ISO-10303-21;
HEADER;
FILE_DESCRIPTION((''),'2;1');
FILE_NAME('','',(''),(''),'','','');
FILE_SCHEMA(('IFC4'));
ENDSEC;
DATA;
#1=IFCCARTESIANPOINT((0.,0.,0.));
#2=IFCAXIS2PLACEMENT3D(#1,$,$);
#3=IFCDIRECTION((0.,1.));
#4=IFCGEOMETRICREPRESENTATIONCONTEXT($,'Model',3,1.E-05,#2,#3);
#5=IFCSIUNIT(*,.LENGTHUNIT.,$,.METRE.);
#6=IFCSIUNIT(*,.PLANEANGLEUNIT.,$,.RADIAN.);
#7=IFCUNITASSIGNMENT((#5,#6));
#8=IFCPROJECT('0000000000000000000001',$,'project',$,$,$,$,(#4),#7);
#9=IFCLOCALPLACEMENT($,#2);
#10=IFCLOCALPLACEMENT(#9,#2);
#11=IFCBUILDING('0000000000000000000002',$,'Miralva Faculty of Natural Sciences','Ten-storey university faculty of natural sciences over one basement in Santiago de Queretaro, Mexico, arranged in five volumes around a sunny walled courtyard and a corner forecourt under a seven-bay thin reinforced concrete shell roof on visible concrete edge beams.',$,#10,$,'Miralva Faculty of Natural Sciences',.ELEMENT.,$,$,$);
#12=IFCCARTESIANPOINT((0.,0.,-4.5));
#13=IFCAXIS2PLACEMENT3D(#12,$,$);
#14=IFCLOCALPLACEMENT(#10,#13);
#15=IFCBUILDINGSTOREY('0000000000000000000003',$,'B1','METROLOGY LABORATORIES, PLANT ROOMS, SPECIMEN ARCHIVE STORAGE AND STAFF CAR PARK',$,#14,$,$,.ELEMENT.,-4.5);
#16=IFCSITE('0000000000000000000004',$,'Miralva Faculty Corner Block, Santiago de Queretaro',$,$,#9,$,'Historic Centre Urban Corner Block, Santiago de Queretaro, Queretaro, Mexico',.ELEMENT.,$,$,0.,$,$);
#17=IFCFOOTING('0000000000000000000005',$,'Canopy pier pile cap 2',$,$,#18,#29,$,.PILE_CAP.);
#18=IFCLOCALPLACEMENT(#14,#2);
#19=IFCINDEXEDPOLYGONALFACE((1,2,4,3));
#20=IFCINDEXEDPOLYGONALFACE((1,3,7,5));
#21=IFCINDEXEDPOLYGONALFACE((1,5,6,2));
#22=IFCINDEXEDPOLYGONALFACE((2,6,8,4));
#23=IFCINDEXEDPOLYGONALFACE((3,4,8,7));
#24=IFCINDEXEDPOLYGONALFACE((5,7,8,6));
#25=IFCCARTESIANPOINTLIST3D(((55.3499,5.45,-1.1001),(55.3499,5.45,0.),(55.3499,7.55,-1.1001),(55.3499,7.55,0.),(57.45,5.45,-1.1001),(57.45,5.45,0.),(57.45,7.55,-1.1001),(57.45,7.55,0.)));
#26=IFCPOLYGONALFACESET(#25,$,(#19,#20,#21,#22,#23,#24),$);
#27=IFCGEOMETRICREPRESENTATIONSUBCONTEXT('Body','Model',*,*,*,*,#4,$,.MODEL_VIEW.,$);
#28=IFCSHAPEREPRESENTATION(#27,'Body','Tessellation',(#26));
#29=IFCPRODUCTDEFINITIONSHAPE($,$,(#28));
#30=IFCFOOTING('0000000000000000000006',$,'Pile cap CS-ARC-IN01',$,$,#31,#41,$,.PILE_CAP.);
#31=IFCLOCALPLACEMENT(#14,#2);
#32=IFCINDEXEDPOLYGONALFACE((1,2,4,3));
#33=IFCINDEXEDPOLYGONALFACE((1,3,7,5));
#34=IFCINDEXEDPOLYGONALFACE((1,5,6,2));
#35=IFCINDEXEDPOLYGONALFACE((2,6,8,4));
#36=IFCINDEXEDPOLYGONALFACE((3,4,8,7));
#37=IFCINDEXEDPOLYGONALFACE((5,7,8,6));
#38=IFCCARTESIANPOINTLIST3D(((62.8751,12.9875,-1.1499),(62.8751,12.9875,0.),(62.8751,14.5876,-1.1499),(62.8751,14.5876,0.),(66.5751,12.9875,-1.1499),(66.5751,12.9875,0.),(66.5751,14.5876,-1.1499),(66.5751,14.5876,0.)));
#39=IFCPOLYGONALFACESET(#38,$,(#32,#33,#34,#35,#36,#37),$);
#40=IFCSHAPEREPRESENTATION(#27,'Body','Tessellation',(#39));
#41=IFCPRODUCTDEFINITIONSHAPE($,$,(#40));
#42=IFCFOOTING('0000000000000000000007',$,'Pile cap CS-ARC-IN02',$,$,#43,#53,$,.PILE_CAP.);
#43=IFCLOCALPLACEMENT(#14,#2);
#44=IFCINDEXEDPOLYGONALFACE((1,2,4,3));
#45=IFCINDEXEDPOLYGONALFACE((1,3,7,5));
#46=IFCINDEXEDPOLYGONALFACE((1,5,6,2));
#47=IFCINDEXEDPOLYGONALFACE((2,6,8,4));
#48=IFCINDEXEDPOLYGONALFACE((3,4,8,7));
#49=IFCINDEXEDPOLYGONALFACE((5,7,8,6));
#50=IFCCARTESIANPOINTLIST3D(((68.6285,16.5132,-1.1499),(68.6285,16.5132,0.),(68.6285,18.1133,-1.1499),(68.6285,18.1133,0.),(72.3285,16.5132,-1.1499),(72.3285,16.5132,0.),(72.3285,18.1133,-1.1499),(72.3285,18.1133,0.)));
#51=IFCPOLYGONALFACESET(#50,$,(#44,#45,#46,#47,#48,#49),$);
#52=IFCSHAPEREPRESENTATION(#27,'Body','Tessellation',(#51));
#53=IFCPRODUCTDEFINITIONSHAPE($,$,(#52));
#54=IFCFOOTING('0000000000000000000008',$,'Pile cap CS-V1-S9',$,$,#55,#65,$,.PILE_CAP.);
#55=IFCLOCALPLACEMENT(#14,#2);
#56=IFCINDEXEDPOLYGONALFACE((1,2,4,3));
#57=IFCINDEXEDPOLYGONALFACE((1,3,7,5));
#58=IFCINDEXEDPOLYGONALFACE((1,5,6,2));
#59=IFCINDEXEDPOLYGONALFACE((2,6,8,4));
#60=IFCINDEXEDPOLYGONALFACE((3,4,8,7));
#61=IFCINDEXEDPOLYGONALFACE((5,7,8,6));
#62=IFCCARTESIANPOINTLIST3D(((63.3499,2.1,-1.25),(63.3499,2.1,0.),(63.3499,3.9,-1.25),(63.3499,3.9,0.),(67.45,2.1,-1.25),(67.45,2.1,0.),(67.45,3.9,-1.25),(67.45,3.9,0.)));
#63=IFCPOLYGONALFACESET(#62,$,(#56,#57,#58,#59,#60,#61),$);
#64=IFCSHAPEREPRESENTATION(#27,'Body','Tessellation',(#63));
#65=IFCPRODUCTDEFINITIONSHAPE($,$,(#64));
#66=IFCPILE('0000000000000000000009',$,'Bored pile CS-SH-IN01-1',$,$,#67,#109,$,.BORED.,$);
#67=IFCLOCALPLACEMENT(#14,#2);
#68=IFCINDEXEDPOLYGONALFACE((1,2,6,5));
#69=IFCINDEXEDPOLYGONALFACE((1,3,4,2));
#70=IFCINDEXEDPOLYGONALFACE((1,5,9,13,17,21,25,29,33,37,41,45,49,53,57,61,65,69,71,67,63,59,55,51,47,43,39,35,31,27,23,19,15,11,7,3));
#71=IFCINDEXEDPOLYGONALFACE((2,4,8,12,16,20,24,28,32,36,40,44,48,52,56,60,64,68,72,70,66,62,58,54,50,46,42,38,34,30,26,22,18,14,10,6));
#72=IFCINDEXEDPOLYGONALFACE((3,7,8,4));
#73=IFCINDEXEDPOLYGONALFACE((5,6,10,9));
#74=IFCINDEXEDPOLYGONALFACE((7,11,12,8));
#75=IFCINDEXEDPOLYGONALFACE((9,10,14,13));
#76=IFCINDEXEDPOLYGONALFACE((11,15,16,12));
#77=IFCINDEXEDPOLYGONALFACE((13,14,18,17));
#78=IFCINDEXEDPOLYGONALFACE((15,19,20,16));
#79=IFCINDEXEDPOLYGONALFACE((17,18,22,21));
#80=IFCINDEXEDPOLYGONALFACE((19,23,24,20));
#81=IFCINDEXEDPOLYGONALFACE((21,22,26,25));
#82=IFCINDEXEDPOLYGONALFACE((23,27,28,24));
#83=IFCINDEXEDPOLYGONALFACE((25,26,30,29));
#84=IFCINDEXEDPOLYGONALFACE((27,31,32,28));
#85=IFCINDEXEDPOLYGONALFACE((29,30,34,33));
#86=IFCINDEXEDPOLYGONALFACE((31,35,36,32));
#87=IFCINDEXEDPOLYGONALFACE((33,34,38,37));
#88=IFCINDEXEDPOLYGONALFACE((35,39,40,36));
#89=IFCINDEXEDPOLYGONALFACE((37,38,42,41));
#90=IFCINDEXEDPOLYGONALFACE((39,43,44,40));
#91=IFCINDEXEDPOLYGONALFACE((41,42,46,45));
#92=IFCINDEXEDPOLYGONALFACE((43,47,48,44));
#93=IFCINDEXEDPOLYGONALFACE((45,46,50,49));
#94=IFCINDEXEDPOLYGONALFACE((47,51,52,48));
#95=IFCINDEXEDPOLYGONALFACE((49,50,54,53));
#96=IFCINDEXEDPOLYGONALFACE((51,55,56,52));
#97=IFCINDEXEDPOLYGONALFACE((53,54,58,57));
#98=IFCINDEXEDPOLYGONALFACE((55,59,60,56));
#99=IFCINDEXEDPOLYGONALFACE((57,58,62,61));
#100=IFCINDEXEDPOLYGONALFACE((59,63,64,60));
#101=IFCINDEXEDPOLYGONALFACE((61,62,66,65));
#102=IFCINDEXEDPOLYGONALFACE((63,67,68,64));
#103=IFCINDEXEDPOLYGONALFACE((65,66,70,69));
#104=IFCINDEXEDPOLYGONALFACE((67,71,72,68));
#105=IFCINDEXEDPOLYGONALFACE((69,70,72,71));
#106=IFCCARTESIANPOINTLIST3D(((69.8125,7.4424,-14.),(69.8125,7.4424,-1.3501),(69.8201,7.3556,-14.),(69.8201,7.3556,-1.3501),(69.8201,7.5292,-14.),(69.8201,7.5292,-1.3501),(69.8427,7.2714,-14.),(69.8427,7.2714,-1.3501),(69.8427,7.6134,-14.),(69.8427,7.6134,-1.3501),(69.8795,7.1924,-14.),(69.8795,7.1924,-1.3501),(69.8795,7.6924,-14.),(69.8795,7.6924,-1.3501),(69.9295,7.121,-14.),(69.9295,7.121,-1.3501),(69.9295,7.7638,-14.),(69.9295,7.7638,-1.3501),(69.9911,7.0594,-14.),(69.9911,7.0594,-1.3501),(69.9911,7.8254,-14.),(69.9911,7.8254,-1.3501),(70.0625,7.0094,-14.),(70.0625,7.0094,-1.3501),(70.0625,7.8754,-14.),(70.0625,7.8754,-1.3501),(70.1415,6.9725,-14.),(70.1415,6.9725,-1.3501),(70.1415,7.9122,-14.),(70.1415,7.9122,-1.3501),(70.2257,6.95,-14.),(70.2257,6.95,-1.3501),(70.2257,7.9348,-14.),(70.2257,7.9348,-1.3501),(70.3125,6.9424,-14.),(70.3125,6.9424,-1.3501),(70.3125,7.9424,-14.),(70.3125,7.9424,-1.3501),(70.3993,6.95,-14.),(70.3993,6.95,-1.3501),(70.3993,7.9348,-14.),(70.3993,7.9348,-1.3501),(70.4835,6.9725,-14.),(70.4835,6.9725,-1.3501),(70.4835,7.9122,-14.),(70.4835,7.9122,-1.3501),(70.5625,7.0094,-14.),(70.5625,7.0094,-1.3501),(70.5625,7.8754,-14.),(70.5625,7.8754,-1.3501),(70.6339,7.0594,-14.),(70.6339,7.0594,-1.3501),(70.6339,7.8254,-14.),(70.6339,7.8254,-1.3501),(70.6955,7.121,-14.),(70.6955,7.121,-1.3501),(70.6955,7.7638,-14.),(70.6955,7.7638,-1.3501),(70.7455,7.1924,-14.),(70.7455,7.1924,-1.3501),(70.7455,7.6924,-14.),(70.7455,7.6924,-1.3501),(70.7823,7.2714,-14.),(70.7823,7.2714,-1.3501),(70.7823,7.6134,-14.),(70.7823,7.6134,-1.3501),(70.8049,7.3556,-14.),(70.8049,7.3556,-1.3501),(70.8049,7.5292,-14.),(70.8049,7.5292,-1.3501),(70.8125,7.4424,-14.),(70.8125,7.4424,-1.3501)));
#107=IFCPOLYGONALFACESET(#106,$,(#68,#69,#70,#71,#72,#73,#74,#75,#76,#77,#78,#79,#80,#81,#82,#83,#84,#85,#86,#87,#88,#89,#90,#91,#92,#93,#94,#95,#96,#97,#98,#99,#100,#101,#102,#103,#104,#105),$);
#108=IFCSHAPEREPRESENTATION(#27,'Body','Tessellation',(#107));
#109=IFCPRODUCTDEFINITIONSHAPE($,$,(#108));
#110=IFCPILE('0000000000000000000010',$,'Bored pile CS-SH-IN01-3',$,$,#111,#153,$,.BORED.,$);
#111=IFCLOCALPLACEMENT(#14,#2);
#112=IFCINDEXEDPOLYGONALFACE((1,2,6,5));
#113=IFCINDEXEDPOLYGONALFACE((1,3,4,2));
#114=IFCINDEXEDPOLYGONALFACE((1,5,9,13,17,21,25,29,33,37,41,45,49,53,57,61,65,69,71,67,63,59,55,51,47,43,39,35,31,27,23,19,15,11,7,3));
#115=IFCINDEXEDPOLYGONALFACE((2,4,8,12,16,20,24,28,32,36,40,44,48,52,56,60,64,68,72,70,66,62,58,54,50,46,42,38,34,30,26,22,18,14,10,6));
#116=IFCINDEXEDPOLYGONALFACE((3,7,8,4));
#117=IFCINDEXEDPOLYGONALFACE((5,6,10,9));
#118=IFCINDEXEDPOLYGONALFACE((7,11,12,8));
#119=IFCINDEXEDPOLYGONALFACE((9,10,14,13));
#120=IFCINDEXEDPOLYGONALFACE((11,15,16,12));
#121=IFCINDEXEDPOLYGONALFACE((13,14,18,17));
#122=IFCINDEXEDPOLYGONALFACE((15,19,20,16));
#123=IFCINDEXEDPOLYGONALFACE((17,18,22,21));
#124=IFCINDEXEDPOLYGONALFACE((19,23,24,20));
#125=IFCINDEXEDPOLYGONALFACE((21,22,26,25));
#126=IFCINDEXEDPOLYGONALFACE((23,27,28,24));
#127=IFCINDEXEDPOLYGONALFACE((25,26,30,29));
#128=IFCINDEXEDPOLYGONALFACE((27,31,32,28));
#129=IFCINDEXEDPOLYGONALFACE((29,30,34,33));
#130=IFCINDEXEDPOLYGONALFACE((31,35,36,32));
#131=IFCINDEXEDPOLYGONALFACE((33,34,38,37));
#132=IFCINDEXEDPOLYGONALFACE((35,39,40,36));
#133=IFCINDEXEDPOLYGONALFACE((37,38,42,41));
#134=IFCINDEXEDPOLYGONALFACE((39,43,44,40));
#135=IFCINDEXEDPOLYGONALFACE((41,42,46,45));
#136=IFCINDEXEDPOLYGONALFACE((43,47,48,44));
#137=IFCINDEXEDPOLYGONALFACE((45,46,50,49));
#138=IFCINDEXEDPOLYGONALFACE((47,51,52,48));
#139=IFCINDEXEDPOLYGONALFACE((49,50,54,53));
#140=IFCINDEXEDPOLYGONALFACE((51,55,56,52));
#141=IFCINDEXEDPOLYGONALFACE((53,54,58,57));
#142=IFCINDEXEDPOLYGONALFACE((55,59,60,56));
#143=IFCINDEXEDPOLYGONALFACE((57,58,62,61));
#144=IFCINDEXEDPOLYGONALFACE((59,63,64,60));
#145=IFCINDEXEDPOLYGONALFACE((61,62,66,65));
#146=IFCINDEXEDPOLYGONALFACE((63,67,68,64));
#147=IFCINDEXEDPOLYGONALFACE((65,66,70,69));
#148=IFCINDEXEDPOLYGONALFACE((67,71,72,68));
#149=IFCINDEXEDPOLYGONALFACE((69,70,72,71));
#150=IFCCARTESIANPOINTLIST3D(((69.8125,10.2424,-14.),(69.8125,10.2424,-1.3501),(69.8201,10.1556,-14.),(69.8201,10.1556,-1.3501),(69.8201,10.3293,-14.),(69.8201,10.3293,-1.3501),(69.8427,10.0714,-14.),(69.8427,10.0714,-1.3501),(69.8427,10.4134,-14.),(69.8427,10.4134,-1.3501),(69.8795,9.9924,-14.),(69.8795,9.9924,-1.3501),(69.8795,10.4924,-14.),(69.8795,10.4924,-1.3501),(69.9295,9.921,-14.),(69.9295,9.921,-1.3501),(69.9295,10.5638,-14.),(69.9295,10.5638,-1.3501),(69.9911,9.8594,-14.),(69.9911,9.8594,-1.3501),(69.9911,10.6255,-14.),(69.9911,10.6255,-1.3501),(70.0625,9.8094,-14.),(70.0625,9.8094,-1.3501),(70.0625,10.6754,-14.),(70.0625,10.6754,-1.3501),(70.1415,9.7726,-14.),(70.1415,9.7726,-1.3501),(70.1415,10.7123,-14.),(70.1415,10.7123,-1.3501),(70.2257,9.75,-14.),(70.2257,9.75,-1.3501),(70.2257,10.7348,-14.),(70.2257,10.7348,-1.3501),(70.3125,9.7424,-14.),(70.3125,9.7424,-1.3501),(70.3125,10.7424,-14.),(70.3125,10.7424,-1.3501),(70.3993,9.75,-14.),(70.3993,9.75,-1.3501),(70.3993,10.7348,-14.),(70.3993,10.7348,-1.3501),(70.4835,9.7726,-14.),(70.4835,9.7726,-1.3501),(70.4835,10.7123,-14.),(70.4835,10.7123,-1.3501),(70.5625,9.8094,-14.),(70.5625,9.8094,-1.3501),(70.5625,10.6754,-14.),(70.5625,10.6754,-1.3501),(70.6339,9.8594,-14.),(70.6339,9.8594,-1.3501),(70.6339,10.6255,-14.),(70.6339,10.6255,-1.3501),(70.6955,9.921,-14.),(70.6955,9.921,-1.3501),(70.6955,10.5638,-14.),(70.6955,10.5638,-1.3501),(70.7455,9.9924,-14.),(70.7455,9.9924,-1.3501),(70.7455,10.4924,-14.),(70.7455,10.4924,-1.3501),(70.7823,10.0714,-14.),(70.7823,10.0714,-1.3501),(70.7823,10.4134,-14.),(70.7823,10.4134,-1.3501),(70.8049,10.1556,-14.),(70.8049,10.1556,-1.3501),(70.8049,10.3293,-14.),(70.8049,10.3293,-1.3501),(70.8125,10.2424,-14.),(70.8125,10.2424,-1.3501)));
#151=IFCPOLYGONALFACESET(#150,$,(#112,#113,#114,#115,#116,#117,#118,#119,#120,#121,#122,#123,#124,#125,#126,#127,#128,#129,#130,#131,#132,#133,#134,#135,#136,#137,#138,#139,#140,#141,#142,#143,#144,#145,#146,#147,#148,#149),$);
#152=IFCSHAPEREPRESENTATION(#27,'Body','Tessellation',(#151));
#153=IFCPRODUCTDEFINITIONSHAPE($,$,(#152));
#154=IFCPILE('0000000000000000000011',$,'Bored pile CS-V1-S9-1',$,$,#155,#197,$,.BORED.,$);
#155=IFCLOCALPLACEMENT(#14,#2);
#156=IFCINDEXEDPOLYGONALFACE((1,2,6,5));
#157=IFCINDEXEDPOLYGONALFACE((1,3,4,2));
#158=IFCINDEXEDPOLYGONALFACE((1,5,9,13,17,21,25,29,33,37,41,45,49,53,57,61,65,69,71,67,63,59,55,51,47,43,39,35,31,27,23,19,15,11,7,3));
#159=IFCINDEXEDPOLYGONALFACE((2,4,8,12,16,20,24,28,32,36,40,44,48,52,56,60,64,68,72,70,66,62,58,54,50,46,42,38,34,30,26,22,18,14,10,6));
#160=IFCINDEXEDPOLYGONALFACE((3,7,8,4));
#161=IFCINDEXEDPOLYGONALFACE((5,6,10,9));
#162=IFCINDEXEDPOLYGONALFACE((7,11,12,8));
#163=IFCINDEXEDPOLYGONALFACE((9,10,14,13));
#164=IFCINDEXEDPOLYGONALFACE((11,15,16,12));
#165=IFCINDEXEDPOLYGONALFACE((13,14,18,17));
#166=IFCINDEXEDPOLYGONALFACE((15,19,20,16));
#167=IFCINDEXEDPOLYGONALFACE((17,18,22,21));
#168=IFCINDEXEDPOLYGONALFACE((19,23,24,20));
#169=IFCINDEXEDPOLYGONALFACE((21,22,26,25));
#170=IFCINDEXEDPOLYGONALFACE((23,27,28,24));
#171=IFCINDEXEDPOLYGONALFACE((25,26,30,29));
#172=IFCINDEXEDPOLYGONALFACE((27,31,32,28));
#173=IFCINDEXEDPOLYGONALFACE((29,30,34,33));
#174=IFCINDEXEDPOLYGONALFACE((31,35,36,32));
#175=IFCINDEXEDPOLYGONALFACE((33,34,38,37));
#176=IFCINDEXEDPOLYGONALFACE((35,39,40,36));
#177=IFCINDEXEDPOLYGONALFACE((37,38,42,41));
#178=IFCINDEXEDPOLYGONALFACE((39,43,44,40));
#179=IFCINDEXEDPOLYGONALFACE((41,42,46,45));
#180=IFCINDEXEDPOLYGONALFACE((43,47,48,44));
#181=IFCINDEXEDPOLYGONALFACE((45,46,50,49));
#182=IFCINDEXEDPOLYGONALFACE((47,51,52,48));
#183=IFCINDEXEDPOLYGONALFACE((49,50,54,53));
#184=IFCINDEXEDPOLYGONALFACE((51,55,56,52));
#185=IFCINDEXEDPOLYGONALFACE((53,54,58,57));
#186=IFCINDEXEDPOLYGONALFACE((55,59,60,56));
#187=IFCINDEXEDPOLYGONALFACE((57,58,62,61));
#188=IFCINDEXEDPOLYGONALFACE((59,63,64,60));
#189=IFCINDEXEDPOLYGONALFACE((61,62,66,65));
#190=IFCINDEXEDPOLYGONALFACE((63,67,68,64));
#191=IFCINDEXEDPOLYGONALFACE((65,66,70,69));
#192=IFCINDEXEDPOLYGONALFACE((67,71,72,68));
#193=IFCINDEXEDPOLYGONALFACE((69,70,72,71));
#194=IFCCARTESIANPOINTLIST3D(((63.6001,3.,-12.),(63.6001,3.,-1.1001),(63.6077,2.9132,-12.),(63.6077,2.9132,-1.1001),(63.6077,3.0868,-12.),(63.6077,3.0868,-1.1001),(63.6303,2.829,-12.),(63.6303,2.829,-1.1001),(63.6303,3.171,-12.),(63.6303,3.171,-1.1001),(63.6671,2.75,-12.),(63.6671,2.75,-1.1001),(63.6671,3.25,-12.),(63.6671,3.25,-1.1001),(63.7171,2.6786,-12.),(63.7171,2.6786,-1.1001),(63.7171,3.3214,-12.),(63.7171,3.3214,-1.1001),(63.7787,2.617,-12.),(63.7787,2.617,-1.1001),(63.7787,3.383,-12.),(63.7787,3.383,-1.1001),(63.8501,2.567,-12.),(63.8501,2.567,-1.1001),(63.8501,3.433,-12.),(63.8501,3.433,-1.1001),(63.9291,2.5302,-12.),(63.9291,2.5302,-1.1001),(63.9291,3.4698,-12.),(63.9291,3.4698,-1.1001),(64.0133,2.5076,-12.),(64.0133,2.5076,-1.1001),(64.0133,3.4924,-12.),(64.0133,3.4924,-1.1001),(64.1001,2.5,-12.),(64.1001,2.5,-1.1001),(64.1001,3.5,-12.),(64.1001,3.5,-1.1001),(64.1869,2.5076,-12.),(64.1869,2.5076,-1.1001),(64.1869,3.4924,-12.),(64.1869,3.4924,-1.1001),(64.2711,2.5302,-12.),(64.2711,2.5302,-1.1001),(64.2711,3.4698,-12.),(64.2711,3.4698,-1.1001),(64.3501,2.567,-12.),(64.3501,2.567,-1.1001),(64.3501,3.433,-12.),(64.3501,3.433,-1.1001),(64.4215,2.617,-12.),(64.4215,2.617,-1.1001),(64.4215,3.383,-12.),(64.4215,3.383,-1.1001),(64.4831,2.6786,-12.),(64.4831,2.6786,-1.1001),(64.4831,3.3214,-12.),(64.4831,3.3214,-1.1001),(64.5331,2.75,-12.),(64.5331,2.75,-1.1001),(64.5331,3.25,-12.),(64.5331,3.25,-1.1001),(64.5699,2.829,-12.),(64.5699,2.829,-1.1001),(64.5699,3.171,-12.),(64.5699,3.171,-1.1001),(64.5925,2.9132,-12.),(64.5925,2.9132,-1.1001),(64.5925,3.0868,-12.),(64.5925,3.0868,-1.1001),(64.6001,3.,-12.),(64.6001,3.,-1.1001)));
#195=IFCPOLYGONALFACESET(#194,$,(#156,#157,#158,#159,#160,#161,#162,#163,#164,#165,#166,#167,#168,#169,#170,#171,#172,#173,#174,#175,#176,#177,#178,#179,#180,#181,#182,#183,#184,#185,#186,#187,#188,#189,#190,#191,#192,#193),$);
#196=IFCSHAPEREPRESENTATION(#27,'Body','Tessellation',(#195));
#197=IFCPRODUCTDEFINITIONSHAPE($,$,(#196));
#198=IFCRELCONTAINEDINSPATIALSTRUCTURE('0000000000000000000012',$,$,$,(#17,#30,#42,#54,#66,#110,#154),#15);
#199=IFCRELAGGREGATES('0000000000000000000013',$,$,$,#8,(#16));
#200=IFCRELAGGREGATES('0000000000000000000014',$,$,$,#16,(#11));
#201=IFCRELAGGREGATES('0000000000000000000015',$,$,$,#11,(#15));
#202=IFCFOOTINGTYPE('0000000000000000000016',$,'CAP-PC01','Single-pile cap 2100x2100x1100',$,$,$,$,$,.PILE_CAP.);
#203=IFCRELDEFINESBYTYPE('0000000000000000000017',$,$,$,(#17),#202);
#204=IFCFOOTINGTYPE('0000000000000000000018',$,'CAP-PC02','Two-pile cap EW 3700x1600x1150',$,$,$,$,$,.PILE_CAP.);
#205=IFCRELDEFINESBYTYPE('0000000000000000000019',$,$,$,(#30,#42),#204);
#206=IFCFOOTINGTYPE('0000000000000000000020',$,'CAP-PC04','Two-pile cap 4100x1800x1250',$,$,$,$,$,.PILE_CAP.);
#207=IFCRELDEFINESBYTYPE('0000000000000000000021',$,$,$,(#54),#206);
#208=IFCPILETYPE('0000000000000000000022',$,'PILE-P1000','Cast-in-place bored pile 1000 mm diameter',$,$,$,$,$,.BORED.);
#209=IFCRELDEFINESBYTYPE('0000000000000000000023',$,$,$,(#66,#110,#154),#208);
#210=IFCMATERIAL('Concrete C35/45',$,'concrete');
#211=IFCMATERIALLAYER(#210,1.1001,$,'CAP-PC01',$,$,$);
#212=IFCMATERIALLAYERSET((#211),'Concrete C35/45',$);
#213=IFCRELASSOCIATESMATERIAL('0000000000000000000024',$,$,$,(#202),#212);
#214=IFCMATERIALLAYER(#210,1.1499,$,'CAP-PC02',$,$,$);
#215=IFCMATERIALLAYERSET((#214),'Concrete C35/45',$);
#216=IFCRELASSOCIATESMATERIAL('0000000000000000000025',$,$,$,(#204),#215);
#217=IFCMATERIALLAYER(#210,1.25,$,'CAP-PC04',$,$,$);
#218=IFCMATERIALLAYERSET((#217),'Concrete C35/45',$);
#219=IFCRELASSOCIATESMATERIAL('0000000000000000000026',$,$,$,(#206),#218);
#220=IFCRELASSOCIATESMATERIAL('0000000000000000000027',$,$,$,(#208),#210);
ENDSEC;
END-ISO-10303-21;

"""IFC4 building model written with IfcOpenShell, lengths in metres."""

from ifc_helpers import new_model, si_unit, direction, frame, origin, origin_2d, place, context, subcontext, project, spatial, rectangle, circle, extrude, material, layer, layer_set, material_profile, profile_set, type_object, element, save


model = new_model("IFC4")

# Units and contexts
model_context = context("Model", 3, precision=1e-05, world=origin(), true_north=direction((0.0, 1.0)))
body_context = subcontext(model_context, "Body", "Model", "MODEL_VIEW")
ifc_project = project(units=[si_unit("LENGTHUNIT", "METRE"), si_unit("PLANEANGLEUNIT", "RADIAN")], contexts=[model_context])

# Site, building, storey
site_placement = place(None, origin())
site = spatial("IfcSite", under=ifc_project, at=site_placement, Name="Miralva Faculty Corner Block, Santiago de Queretaro", LongName="Historic Centre Urban Corner Block, Santiago de Queretaro, Queretaro, Mexico", CompositionType="ELEMENT", RefElevation=0.0)
building_placement = place(site_placement, origin())
building = spatial("IfcBuilding", under=site, at=building_placement, Name="Miralva Faculty of Natural Sciences", Description="Ten-storey university faculty of natural sciences over one basement in Santiago de Queretaro, Mexico, arranged in five volumes around a sunny walled courtyard and a corner forecourt under a seven-bay thin reinforced concrete shell roof on visible concrete edge beams.", LongName="Miralva Faculty of Natural Sciences", CompositionType="ELEMENT")
storey_placement = place(building_placement, frame((0.0, 0.0, -4.5)))
storey = spatial("IfcBuildingStorey", under=building, at=storey_placement, Name="B1", Description="METROLOGY LABORATORIES, PLANT ROOMS, SPECIMEN ARCHIVE STORAGE AND STAFF CAR PARK", CompositionType="ELEMENT", Elevation=-4.5)

# Footings
ifc_material_1 = material(Name="Concrete C35/45", Category="concrete")
ifc_layer_1 = layer(ifc_material_1, 1.1001, Name="CAP-PC01")
ifc_layer_set_1 = layer_set([ifc_layer_1], Name="Concrete C35/45")
footing_type_1 = type_object("IfcFootingType", Name="CAP-PC01", Description="Single-pile cap 2100x2100x1100", PredefinedType="PILE_CAP", material=ifc_layer_set_1)
footing_1_placement = place(storey_placement, frame((56.3999, 6.5, -1.1001), z_axis=(0.0, 0.0, 1.0), x_axis=(1.0, 0.0, 0.0)))
element("IfcFooting", 1, at=footing_1_placement, inside=storey, type_object=footing_type_1, Name="Canopy pier pile cap 2", PredefinedType="PILE_CAP", context=body_context, shape_type="SweptSolid", body=[
    extrude(rectangle(XDim=2.1001, YDim=2.1001, at=origin_2d()), origin(), (0.0, 0.0, 1.0), 1.1001),
])
ifc_layer_2 = layer(ifc_material_1, 1.1499, Name="CAP-PC02")
ifc_layer_set_2 = layer_set([ifc_layer_2], Name="Concrete C35/45")
footing_type_2 = type_object("IfcFootingType", Name="CAP-PC02", Description="Two-pile cap EW 3700x1600x1150", PredefinedType="PILE_CAP", material=ifc_layer_set_2)
for number, where, z_axis, x_axis, name in (
    (2, (64.7251, 13.7876, -1.1499), (0.0, 0.0, 1.0), (1.0, 0.0, 0.0), "Pile cap CS-ARC-IN01"),
    (3, (70.4785, 17.3132, -1.1499), (0.0, 0.0, 1.0), (1.0, 0.0, 0.0), "Pile cap CS-ARC-IN02"),
):
    element("IfcFooting", number, at=place(storey_placement, frame(where, z_axis=z_axis, x_axis=x_axis)), inside=storey, type_object=footing_type_2, Name=name, PredefinedType="PILE_CAP", context=body_context, shape_type="SweptSolid", body=[
        extrude(rectangle(XDim=3.7, YDim=1.6001, at=origin_2d()), origin(), (0.0, 0.0, 1.0), 1.1499),
    ])
ifc_layer_3 = layer(ifc_material_1, 1.25, Name="CAP-PC04")
ifc_layer_set_3 = layer_set([ifc_layer_3], Name="Concrete C35/45")
footing_type_3 = type_object("IfcFootingType", Name="CAP-PC04", Description="Two-pile cap 4100x1800x1250", PredefinedType="PILE_CAP", material=ifc_layer_set_3)
footing_2_placement = place(storey_placement, frame((65.3999, 3.0, -1.25), z_axis=(0.0, 0.0, 1.0), x_axis=(1.0, 0.0, 0.0)))
element("IfcFooting", 4, at=footing_2_placement, inside=storey, type_object=footing_type_3, Name="Pile cap CS-V1-S9", PredefinedType="PILE_CAP", context=body_context, shape_type="SweptSolid", body=[
    extrude(rectangle(XDim=4.1001, YDim=1.8, at=origin_2d()), origin(), (0.0, 0.0, 1.0), 1.25),
])

# Piles
ifc_material_profile_1 = material_profile(ifc_material_1, circle(Radius=0.5, at=origin_2d()), Name="BORED PILE 1000")
ifc_profile_set_1 = profile_set([ifc_material_profile_1], Name="Concrete C35/45")
pile_type_1 = type_object("IfcPileType", Name="PILE-P1000", Description="Cast-in-place bored pile 1000 mm diameter", PredefinedType="BORED", material=ifc_profile_set_1)
for number, where, z_axis, x_axis, name in (
    (5, (70.3125, 7.4424, -1.3501), (0.0, 0.0, -1.0), (1.0, 0.0, 0.0), "Bored pile CS-SH-IN01-1"),
    (6, (70.3125, 10.2424, -1.3501), (0.0, 0.0, -1.0), (1.0, 0.0, 0.0), "Bored pile CS-SH-IN01-3"),
):
    element("IfcPile", number, at=place(storey_placement, frame(where, z_axis=z_axis, x_axis=x_axis)), inside=storey, type_object=pile_type_1, Name=name, PredefinedType="BORED", context=body_context, shape_type="SweptSolid", body=[
        extrude(circle(Radius=0.5, at=origin_2d()), origin(), (0.0, 0.0, 1.0), 12.6499),
    ])
for number, where, z_axis, x_axis, name in (
    (7, (64.1001, 3.0, -1.1001), (0.0, 0.0, -1.0), (1.0, 0.0, 0.0), "Bored pile CS-V1-S9-1"),
):
    element("IfcPile", number, at=place(storey_placement, frame(where, z_axis=z_axis, x_axis=x_axis)), inside=storey, type_object=pile_type_1, Name=name, PredefinedType="BORED", context=body_context, shape_type="SweptSolid", body=[
        extrude(circle(Radius=0.5, at=origin_2d()), origin(), (0.0, 0.0, 1.0), 10.8999),
    ])

save(model, "model.ifc")
